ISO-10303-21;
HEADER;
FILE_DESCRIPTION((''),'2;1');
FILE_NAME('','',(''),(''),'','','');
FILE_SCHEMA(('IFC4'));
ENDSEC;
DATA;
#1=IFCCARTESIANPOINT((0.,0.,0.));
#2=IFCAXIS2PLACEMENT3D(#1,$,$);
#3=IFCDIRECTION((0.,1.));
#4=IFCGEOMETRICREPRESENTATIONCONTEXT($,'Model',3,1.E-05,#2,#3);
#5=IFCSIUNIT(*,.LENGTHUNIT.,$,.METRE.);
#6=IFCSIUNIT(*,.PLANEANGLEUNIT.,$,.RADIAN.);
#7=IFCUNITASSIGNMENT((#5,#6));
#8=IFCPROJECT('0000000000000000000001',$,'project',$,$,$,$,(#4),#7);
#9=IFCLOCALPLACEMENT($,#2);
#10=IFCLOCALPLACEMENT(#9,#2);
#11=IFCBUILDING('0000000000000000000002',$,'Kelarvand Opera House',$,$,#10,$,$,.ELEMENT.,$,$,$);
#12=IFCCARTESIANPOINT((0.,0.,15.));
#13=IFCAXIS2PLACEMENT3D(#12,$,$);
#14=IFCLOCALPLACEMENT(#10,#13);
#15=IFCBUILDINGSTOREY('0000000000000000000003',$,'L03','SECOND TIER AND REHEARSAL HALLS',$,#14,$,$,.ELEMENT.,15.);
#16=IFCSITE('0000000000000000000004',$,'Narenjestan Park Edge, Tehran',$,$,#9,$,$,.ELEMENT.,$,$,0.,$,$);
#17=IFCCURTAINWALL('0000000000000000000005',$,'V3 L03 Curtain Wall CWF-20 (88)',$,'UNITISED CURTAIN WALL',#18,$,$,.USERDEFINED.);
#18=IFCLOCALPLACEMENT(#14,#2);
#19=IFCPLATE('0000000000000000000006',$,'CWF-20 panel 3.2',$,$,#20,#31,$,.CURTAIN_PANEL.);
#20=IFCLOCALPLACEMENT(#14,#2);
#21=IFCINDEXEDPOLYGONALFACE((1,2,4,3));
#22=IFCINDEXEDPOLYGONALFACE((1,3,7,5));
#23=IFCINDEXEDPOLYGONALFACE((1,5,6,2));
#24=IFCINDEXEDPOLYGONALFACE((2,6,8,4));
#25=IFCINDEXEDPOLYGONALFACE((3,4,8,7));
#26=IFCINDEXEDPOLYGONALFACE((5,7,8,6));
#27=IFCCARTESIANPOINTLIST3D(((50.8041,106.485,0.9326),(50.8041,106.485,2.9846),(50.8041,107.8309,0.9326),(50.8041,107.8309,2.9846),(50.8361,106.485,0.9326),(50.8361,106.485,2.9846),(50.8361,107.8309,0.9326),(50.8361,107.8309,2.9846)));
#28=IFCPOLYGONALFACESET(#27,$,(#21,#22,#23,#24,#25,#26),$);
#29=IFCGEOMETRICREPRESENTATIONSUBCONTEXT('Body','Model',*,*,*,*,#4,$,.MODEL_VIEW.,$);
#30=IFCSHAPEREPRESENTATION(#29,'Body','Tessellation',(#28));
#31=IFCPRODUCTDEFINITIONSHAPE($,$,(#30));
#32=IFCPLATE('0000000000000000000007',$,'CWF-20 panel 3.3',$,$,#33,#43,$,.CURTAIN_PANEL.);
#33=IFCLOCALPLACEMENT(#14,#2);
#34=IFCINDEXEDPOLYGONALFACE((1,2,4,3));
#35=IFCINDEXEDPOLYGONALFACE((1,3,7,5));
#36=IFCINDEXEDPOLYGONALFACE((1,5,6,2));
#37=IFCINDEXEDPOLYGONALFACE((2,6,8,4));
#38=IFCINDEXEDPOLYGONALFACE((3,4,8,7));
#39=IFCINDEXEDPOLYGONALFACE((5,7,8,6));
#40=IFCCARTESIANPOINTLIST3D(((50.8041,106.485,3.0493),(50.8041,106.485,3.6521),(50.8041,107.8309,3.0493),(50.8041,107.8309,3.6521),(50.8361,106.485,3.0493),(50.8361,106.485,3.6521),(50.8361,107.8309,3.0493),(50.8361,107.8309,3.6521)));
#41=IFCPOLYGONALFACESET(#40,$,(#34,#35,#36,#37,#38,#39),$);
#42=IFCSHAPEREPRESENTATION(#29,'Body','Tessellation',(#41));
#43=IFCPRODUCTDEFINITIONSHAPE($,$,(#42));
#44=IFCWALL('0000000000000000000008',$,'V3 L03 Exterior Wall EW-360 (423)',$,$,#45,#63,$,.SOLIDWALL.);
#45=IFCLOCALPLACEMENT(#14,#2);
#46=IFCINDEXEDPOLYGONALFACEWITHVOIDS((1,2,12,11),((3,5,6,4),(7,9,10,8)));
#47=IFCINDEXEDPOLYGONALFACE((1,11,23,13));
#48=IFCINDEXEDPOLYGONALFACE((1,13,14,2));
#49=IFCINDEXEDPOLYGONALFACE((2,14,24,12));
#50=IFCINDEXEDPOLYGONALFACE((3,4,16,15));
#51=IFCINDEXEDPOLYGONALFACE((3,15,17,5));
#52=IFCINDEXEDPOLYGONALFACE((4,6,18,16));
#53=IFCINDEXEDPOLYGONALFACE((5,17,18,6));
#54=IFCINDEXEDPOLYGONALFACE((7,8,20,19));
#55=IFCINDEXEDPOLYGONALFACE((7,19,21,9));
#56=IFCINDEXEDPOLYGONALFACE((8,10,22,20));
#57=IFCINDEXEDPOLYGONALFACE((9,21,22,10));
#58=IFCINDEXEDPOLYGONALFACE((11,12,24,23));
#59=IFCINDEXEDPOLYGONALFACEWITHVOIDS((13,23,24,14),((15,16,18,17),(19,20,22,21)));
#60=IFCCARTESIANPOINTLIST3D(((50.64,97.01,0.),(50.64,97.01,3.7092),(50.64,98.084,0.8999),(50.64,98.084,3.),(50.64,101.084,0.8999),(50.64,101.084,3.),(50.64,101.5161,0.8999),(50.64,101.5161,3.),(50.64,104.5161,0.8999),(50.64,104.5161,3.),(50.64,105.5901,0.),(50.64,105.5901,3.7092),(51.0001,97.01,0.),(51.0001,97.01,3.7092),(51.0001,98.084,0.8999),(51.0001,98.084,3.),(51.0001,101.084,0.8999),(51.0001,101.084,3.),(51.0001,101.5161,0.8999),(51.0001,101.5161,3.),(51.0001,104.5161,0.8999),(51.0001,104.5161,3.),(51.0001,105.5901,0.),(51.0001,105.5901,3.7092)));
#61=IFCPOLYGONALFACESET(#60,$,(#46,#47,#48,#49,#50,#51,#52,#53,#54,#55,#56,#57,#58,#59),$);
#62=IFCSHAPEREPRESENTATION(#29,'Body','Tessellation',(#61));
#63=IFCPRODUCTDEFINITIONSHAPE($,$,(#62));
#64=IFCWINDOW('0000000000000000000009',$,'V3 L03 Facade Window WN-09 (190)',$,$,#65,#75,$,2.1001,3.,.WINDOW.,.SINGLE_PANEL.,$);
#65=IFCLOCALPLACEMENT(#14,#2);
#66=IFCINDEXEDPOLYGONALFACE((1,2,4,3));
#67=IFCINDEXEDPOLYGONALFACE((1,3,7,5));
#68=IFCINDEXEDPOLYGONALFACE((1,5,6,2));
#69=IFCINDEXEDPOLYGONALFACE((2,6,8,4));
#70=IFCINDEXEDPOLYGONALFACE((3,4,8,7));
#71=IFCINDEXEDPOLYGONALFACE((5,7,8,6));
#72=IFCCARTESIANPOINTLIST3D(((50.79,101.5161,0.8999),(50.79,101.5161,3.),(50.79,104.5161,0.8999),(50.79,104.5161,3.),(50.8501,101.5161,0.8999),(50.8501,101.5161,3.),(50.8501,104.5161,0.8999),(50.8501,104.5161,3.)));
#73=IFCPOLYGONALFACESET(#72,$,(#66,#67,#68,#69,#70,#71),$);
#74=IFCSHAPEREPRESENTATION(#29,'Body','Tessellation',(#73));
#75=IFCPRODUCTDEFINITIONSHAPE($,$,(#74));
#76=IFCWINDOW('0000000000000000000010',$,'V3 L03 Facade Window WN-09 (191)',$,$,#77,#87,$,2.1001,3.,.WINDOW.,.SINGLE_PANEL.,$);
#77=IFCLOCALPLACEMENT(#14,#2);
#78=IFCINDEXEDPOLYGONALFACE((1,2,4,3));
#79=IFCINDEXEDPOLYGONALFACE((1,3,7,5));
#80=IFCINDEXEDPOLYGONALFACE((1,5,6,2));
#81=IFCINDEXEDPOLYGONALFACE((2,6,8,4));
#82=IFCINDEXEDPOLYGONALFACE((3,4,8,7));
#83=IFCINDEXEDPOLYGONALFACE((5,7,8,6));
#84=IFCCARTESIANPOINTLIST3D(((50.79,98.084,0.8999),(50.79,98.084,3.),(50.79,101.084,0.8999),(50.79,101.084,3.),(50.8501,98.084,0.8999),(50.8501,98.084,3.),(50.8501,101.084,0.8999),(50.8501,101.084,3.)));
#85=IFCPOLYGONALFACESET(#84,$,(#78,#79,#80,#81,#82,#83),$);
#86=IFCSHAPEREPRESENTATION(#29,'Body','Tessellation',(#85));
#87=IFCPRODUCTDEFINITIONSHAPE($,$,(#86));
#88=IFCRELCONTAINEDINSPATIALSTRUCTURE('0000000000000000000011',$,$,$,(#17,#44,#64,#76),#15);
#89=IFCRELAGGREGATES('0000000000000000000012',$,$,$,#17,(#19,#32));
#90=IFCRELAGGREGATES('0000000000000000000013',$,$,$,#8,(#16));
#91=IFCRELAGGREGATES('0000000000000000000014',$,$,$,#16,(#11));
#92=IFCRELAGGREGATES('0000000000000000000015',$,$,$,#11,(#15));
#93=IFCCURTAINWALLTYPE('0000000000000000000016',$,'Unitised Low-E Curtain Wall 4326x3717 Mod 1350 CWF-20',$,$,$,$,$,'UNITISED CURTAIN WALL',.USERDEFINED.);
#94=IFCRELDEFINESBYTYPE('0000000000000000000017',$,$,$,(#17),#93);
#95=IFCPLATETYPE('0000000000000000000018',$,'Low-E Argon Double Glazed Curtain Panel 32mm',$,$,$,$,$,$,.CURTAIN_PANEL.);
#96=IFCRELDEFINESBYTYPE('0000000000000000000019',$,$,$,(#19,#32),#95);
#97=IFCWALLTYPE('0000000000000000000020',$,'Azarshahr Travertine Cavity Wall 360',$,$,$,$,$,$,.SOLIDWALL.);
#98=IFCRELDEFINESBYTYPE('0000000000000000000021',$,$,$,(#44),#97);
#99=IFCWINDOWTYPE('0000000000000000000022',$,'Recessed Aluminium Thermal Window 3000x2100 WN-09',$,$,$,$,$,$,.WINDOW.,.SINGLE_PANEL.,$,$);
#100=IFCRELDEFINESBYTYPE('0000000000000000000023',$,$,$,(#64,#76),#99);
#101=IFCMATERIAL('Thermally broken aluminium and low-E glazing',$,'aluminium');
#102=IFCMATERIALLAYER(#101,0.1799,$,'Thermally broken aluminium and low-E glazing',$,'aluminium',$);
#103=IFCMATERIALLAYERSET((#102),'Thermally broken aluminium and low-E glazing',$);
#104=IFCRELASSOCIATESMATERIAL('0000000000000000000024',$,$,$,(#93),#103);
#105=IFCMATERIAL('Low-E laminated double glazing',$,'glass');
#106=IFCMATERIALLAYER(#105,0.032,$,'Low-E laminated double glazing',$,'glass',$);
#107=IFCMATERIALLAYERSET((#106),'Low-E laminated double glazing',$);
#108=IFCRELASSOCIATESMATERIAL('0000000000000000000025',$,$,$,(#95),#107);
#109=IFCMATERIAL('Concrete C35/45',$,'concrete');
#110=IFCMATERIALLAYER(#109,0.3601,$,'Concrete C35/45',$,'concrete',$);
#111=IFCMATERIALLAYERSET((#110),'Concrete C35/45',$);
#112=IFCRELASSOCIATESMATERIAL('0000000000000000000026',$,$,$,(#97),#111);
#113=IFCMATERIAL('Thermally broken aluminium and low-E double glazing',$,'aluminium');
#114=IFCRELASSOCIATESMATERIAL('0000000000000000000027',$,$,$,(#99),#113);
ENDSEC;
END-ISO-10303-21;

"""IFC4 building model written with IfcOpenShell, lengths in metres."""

from ifc_helpers import new_model, si_unit, direction, frame, frame_2d, origin, origin_2d, place, context, subcontext, project, spatial, rectangle, extrude, material, layer, layer_set, type_object, element, fill, aggregate, save


model = new_model("IFC4")

# Units and contexts
model_context = context("Model", 3, precision=1e-05, world=origin(), true_north=direction((0.0, 1.0)))
body_context = subcontext(model_context, "Body", "Model", "MODEL_VIEW")
ifc_project = project(units=[si_unit("LENGTHUNIT", "METRE"), si_unit("PLANEANGLEUNIT", "RADIAN")], contexts=[model_context])

# Site, building, storey
site_placement = place(None, origin())
site = spatial("IfcSite", under=ifc_project, at=site_placement, Name="Narenjestan Park Edge, Tehran", CompositionType="ELEMENT", RefElevation=0.0)
building_placement = place(site_placement, origin())
building = spatial("IfcBuilding", under=site, at=building_placement, Name="Kelarvand Opera House", CompositionType="ELEMENT")
storey_placement = place(building_placement, frame((0.0, 0.0, 15.0)))
storey = spatial("IfcBuildingStorey", under=building, at=storey_placement, Name="L03", Description="SECOND TIER AND REHEARSAL HALLS", CompositionType="ELEMENT", Elevation=15.0)

# Curtain wall
ifc_material_1 = material(Name="Thermally broken aluminium and low-E glazing", Category="aluminium")
ifc_layer_1 = layer(ifc_material_1, 0.1799, Name="Thermally broken aluminium and low-E glazing", Category="aluminium")
ifc_layer_set_1 = layer_set([ifc_layer_1], Name="Thermally broken aluminium and low-E glazing")
curtain_wall_type = type_object("IfcCurtainWallType", Name="Unitised Low-E Curtain Wall 4326x3717 Mod 1350 CWF-20", ElementType="UNITISED CURTAIN WALL", PredefinedType="USERDEFINED", material=ifc_layer_set_1)
curtain_wall_placement = place(storey_placement, origin())
curtain_wall = element("IfcCurtainWall", 1, at=curtain_wall_placement, inside=storey, type_object=curtain_wall_type, Name="V3 L03 Curtain Wall CWF-20 (88)", ObjectType="UNITISED CURTAIN WALL", PredefinedType="USERDEFINED")

# Plates
ifc_material_2 = material(Name="Low-E laminated double glazing", Category="glass")
ifc_layer_2 = layer(ifc_material_2, 0.032, Name="Low-E laminated double glazing", Category="glass")
ifc_layer_set_2 = layer_set([ifc_layer_2], Name="Low-E laminated double glazing")
plate_type = type_object("IfcPlateType", Name="Low-E Argon Double Glazed Curtain Panel 32mm", PredefinedType="CURTAIN_PANEL", material=ifc_layer_set_2)
plate_1_placement = place(storey_placement, frame((50.8201, 107.158, 0.9326), z_axis=(0.0, 0.0, 1.0), x_axis=(0.0, -1.0, 0.0)))
plate_1 = element("IfcPlate", 2, at=plate_1_placement, type_object=plate_type, Name="CWF-20 panel 3.2", PredefinedType="CURTAIN_PANEL", context=body_context, shape_type="SweptSolid", body=[
    extrude(rectangle(XDim=1.3459, YDim=0.032, at=origin_2d()), origin(), (0.0, 0.0, 1.0), 2.052),
])
plate_2_placement = place(storey_placement, frame((50.8201, 107.158, 3.0493), z_axis=(0.0, 0.0, 1.0), x_axis=(0.0, -1.0, 0.0)))
plate_2 = element("IfcPlate", 3, at=plate_2_placement, type_object=plate_type, Name="CWF-20 panel 3.3", PredefinedType="CURTAIN_PANEL", context=body_context, shape_type="SweptSolid", body=[
    extrude(rectangle(XDim=1.3459, YDim=0.032, at=origin_2d()), origin(), (0.0, 0.0, 1.0), 0.6028),
])
aggregate(curtain_wall, [plate_1, plate_2])

# Wall, openings, windows
ifc_material_3 = material(Name="Concrete C35/45", Category="concrete")
ifc_layer_3 = layer(ifc_material_3, 0.3601, Name="Concrete C35/45", Category="concrete")
ifc_layer_set_3 = layer_set([ifc_layer_3], Name="Concrete C35/45")
wall_type = type_object("IfcWallType", Name="Azarshahr Travertine Cavity Wall 360", PredefinedType="SOLIDWALL", material=ifc_layer_set_3)
wall_placement = place(storey_placement, frame((50.8201, 105.5901, 0.0), z_axis=(0.0, 0.0, 1.0), x_axis=(0.0, -1.0, 0.0)))
wall = element("IfcWall", 4, at=wall_placement, inside=storey, type_object=wall_type, Name="V3 L03 Exterior Wall EW-360 (423)", PredefinedType="SOLIDWALL", context=body_context, shape_type="SweptSolid", body=[
    extrude(rectangle(XDim=8.5801, YDim=0.3601, at=frame_2d((4.29, 0.0))), origin(), (0.0, 0.0, 1.0), 3.7092),
])
opening_1_placement = place(wall_placement, frame((1.074, 0.0, 0.8999)))
opening_1 = element("IfcOpeningElement", 5, at=opening_1_placement, cuts=wall, PredefinedType="OPENING", context=body_context, shape_type="SweptSolid", body=[
    extrude(rectangle(XDim=3.0, YDim=2.1001, at=frame_2d((1.5, 1.05))), frame((0.0, 0.1899, 0.0), z_axis=(0.0, -1.0, 0.0), x_axis=(1.0, 0.0, 0.0)), (0.0, 0.0, 1.0), 0.3801),
])
opening_2_placement = place(wall_placement, frame((4.5061, 0.0, 0.8999)))
opening_2 = element("IfcOpeningElement", 6, at=opening_2_placement, cuts=wall, PredefinedType="OPENING", context=body_context, shape_type="SweptSolid", body=[
    extrude(rectangle(XDim=3.0, YDim=2.1001, at=frame_2d((1.5, 1.05))), frame((0.0, 0.1899, 0.0), z_axis=(0.0, -1.0, 0.0), x_axis=(1.0, 0.0, 0.0)), (0.0, 0.0, 1.0), 0.3801),
])
ifc_material_4 = material(Name="Thermally broken aluminium and low-E double glazing", Category="aluminium")
window_type = type_object("IfcWindowType", Name="Recessed Aluminium Thermal Window 3000x2100 WN-09", PartitioningType="SINGLE_PANEL", PredefinedType="WINDOW", material=ifc_material_4)
window_1_placement = place(opening_1_placement, origin())
window_1 = element("IfcWindow", 7, at=window_1_placement, inside=storey, type_object=window_type, Name="V3 L03 Facade Window WN-09 (190)", OverallHeight=2.1001, OverallWidth=3.0, PartitioningType="SINGLE_PANEL", PredefinedType="WINDOW", context=body_context, shape_type="SweptSolid", body=[
    extrude(rectangle(XDim=3.0, YDim=2.1001, at=frame_2d((1.5, 1.05))), frame((0.0, 0.03, 0.0), z_axis=(0.0, -1.0, 0.0), x_axis=(1.0, 0.0, 0.0)), (0.0, 0.0, 1.0), 0.0601),
])
fill(opening_1, window_1)
window_2_placement = place(opening_2_placement, origin())
window_2 = element("IfcWindow", 8, at=window_2_placement, inside=storey, type_object=window_type, Name="V3 L03 Facade Window WN-09 (191)", OverallHeight=2.1001, OverallWidth=3.0, PartitioningType="SINGLE_PANEL", PredefinedType="WINDOW", context=body_context, shape_type="SweptSolid", body=[
    extrude(rectangle(XDim=3.0, YDim=2.1001, at=frame_2d((1.5, 1.05))), frame((0.0, 0.03, 0.0), z_axis=(0.0, -1.0, 0.0), x_axis=(1.0, 0.0, 0.0)), (0.0, 0.0, 1.0), 0.0601),
])
fill(opening_2, window_2)

save(model, "model.ifc")
